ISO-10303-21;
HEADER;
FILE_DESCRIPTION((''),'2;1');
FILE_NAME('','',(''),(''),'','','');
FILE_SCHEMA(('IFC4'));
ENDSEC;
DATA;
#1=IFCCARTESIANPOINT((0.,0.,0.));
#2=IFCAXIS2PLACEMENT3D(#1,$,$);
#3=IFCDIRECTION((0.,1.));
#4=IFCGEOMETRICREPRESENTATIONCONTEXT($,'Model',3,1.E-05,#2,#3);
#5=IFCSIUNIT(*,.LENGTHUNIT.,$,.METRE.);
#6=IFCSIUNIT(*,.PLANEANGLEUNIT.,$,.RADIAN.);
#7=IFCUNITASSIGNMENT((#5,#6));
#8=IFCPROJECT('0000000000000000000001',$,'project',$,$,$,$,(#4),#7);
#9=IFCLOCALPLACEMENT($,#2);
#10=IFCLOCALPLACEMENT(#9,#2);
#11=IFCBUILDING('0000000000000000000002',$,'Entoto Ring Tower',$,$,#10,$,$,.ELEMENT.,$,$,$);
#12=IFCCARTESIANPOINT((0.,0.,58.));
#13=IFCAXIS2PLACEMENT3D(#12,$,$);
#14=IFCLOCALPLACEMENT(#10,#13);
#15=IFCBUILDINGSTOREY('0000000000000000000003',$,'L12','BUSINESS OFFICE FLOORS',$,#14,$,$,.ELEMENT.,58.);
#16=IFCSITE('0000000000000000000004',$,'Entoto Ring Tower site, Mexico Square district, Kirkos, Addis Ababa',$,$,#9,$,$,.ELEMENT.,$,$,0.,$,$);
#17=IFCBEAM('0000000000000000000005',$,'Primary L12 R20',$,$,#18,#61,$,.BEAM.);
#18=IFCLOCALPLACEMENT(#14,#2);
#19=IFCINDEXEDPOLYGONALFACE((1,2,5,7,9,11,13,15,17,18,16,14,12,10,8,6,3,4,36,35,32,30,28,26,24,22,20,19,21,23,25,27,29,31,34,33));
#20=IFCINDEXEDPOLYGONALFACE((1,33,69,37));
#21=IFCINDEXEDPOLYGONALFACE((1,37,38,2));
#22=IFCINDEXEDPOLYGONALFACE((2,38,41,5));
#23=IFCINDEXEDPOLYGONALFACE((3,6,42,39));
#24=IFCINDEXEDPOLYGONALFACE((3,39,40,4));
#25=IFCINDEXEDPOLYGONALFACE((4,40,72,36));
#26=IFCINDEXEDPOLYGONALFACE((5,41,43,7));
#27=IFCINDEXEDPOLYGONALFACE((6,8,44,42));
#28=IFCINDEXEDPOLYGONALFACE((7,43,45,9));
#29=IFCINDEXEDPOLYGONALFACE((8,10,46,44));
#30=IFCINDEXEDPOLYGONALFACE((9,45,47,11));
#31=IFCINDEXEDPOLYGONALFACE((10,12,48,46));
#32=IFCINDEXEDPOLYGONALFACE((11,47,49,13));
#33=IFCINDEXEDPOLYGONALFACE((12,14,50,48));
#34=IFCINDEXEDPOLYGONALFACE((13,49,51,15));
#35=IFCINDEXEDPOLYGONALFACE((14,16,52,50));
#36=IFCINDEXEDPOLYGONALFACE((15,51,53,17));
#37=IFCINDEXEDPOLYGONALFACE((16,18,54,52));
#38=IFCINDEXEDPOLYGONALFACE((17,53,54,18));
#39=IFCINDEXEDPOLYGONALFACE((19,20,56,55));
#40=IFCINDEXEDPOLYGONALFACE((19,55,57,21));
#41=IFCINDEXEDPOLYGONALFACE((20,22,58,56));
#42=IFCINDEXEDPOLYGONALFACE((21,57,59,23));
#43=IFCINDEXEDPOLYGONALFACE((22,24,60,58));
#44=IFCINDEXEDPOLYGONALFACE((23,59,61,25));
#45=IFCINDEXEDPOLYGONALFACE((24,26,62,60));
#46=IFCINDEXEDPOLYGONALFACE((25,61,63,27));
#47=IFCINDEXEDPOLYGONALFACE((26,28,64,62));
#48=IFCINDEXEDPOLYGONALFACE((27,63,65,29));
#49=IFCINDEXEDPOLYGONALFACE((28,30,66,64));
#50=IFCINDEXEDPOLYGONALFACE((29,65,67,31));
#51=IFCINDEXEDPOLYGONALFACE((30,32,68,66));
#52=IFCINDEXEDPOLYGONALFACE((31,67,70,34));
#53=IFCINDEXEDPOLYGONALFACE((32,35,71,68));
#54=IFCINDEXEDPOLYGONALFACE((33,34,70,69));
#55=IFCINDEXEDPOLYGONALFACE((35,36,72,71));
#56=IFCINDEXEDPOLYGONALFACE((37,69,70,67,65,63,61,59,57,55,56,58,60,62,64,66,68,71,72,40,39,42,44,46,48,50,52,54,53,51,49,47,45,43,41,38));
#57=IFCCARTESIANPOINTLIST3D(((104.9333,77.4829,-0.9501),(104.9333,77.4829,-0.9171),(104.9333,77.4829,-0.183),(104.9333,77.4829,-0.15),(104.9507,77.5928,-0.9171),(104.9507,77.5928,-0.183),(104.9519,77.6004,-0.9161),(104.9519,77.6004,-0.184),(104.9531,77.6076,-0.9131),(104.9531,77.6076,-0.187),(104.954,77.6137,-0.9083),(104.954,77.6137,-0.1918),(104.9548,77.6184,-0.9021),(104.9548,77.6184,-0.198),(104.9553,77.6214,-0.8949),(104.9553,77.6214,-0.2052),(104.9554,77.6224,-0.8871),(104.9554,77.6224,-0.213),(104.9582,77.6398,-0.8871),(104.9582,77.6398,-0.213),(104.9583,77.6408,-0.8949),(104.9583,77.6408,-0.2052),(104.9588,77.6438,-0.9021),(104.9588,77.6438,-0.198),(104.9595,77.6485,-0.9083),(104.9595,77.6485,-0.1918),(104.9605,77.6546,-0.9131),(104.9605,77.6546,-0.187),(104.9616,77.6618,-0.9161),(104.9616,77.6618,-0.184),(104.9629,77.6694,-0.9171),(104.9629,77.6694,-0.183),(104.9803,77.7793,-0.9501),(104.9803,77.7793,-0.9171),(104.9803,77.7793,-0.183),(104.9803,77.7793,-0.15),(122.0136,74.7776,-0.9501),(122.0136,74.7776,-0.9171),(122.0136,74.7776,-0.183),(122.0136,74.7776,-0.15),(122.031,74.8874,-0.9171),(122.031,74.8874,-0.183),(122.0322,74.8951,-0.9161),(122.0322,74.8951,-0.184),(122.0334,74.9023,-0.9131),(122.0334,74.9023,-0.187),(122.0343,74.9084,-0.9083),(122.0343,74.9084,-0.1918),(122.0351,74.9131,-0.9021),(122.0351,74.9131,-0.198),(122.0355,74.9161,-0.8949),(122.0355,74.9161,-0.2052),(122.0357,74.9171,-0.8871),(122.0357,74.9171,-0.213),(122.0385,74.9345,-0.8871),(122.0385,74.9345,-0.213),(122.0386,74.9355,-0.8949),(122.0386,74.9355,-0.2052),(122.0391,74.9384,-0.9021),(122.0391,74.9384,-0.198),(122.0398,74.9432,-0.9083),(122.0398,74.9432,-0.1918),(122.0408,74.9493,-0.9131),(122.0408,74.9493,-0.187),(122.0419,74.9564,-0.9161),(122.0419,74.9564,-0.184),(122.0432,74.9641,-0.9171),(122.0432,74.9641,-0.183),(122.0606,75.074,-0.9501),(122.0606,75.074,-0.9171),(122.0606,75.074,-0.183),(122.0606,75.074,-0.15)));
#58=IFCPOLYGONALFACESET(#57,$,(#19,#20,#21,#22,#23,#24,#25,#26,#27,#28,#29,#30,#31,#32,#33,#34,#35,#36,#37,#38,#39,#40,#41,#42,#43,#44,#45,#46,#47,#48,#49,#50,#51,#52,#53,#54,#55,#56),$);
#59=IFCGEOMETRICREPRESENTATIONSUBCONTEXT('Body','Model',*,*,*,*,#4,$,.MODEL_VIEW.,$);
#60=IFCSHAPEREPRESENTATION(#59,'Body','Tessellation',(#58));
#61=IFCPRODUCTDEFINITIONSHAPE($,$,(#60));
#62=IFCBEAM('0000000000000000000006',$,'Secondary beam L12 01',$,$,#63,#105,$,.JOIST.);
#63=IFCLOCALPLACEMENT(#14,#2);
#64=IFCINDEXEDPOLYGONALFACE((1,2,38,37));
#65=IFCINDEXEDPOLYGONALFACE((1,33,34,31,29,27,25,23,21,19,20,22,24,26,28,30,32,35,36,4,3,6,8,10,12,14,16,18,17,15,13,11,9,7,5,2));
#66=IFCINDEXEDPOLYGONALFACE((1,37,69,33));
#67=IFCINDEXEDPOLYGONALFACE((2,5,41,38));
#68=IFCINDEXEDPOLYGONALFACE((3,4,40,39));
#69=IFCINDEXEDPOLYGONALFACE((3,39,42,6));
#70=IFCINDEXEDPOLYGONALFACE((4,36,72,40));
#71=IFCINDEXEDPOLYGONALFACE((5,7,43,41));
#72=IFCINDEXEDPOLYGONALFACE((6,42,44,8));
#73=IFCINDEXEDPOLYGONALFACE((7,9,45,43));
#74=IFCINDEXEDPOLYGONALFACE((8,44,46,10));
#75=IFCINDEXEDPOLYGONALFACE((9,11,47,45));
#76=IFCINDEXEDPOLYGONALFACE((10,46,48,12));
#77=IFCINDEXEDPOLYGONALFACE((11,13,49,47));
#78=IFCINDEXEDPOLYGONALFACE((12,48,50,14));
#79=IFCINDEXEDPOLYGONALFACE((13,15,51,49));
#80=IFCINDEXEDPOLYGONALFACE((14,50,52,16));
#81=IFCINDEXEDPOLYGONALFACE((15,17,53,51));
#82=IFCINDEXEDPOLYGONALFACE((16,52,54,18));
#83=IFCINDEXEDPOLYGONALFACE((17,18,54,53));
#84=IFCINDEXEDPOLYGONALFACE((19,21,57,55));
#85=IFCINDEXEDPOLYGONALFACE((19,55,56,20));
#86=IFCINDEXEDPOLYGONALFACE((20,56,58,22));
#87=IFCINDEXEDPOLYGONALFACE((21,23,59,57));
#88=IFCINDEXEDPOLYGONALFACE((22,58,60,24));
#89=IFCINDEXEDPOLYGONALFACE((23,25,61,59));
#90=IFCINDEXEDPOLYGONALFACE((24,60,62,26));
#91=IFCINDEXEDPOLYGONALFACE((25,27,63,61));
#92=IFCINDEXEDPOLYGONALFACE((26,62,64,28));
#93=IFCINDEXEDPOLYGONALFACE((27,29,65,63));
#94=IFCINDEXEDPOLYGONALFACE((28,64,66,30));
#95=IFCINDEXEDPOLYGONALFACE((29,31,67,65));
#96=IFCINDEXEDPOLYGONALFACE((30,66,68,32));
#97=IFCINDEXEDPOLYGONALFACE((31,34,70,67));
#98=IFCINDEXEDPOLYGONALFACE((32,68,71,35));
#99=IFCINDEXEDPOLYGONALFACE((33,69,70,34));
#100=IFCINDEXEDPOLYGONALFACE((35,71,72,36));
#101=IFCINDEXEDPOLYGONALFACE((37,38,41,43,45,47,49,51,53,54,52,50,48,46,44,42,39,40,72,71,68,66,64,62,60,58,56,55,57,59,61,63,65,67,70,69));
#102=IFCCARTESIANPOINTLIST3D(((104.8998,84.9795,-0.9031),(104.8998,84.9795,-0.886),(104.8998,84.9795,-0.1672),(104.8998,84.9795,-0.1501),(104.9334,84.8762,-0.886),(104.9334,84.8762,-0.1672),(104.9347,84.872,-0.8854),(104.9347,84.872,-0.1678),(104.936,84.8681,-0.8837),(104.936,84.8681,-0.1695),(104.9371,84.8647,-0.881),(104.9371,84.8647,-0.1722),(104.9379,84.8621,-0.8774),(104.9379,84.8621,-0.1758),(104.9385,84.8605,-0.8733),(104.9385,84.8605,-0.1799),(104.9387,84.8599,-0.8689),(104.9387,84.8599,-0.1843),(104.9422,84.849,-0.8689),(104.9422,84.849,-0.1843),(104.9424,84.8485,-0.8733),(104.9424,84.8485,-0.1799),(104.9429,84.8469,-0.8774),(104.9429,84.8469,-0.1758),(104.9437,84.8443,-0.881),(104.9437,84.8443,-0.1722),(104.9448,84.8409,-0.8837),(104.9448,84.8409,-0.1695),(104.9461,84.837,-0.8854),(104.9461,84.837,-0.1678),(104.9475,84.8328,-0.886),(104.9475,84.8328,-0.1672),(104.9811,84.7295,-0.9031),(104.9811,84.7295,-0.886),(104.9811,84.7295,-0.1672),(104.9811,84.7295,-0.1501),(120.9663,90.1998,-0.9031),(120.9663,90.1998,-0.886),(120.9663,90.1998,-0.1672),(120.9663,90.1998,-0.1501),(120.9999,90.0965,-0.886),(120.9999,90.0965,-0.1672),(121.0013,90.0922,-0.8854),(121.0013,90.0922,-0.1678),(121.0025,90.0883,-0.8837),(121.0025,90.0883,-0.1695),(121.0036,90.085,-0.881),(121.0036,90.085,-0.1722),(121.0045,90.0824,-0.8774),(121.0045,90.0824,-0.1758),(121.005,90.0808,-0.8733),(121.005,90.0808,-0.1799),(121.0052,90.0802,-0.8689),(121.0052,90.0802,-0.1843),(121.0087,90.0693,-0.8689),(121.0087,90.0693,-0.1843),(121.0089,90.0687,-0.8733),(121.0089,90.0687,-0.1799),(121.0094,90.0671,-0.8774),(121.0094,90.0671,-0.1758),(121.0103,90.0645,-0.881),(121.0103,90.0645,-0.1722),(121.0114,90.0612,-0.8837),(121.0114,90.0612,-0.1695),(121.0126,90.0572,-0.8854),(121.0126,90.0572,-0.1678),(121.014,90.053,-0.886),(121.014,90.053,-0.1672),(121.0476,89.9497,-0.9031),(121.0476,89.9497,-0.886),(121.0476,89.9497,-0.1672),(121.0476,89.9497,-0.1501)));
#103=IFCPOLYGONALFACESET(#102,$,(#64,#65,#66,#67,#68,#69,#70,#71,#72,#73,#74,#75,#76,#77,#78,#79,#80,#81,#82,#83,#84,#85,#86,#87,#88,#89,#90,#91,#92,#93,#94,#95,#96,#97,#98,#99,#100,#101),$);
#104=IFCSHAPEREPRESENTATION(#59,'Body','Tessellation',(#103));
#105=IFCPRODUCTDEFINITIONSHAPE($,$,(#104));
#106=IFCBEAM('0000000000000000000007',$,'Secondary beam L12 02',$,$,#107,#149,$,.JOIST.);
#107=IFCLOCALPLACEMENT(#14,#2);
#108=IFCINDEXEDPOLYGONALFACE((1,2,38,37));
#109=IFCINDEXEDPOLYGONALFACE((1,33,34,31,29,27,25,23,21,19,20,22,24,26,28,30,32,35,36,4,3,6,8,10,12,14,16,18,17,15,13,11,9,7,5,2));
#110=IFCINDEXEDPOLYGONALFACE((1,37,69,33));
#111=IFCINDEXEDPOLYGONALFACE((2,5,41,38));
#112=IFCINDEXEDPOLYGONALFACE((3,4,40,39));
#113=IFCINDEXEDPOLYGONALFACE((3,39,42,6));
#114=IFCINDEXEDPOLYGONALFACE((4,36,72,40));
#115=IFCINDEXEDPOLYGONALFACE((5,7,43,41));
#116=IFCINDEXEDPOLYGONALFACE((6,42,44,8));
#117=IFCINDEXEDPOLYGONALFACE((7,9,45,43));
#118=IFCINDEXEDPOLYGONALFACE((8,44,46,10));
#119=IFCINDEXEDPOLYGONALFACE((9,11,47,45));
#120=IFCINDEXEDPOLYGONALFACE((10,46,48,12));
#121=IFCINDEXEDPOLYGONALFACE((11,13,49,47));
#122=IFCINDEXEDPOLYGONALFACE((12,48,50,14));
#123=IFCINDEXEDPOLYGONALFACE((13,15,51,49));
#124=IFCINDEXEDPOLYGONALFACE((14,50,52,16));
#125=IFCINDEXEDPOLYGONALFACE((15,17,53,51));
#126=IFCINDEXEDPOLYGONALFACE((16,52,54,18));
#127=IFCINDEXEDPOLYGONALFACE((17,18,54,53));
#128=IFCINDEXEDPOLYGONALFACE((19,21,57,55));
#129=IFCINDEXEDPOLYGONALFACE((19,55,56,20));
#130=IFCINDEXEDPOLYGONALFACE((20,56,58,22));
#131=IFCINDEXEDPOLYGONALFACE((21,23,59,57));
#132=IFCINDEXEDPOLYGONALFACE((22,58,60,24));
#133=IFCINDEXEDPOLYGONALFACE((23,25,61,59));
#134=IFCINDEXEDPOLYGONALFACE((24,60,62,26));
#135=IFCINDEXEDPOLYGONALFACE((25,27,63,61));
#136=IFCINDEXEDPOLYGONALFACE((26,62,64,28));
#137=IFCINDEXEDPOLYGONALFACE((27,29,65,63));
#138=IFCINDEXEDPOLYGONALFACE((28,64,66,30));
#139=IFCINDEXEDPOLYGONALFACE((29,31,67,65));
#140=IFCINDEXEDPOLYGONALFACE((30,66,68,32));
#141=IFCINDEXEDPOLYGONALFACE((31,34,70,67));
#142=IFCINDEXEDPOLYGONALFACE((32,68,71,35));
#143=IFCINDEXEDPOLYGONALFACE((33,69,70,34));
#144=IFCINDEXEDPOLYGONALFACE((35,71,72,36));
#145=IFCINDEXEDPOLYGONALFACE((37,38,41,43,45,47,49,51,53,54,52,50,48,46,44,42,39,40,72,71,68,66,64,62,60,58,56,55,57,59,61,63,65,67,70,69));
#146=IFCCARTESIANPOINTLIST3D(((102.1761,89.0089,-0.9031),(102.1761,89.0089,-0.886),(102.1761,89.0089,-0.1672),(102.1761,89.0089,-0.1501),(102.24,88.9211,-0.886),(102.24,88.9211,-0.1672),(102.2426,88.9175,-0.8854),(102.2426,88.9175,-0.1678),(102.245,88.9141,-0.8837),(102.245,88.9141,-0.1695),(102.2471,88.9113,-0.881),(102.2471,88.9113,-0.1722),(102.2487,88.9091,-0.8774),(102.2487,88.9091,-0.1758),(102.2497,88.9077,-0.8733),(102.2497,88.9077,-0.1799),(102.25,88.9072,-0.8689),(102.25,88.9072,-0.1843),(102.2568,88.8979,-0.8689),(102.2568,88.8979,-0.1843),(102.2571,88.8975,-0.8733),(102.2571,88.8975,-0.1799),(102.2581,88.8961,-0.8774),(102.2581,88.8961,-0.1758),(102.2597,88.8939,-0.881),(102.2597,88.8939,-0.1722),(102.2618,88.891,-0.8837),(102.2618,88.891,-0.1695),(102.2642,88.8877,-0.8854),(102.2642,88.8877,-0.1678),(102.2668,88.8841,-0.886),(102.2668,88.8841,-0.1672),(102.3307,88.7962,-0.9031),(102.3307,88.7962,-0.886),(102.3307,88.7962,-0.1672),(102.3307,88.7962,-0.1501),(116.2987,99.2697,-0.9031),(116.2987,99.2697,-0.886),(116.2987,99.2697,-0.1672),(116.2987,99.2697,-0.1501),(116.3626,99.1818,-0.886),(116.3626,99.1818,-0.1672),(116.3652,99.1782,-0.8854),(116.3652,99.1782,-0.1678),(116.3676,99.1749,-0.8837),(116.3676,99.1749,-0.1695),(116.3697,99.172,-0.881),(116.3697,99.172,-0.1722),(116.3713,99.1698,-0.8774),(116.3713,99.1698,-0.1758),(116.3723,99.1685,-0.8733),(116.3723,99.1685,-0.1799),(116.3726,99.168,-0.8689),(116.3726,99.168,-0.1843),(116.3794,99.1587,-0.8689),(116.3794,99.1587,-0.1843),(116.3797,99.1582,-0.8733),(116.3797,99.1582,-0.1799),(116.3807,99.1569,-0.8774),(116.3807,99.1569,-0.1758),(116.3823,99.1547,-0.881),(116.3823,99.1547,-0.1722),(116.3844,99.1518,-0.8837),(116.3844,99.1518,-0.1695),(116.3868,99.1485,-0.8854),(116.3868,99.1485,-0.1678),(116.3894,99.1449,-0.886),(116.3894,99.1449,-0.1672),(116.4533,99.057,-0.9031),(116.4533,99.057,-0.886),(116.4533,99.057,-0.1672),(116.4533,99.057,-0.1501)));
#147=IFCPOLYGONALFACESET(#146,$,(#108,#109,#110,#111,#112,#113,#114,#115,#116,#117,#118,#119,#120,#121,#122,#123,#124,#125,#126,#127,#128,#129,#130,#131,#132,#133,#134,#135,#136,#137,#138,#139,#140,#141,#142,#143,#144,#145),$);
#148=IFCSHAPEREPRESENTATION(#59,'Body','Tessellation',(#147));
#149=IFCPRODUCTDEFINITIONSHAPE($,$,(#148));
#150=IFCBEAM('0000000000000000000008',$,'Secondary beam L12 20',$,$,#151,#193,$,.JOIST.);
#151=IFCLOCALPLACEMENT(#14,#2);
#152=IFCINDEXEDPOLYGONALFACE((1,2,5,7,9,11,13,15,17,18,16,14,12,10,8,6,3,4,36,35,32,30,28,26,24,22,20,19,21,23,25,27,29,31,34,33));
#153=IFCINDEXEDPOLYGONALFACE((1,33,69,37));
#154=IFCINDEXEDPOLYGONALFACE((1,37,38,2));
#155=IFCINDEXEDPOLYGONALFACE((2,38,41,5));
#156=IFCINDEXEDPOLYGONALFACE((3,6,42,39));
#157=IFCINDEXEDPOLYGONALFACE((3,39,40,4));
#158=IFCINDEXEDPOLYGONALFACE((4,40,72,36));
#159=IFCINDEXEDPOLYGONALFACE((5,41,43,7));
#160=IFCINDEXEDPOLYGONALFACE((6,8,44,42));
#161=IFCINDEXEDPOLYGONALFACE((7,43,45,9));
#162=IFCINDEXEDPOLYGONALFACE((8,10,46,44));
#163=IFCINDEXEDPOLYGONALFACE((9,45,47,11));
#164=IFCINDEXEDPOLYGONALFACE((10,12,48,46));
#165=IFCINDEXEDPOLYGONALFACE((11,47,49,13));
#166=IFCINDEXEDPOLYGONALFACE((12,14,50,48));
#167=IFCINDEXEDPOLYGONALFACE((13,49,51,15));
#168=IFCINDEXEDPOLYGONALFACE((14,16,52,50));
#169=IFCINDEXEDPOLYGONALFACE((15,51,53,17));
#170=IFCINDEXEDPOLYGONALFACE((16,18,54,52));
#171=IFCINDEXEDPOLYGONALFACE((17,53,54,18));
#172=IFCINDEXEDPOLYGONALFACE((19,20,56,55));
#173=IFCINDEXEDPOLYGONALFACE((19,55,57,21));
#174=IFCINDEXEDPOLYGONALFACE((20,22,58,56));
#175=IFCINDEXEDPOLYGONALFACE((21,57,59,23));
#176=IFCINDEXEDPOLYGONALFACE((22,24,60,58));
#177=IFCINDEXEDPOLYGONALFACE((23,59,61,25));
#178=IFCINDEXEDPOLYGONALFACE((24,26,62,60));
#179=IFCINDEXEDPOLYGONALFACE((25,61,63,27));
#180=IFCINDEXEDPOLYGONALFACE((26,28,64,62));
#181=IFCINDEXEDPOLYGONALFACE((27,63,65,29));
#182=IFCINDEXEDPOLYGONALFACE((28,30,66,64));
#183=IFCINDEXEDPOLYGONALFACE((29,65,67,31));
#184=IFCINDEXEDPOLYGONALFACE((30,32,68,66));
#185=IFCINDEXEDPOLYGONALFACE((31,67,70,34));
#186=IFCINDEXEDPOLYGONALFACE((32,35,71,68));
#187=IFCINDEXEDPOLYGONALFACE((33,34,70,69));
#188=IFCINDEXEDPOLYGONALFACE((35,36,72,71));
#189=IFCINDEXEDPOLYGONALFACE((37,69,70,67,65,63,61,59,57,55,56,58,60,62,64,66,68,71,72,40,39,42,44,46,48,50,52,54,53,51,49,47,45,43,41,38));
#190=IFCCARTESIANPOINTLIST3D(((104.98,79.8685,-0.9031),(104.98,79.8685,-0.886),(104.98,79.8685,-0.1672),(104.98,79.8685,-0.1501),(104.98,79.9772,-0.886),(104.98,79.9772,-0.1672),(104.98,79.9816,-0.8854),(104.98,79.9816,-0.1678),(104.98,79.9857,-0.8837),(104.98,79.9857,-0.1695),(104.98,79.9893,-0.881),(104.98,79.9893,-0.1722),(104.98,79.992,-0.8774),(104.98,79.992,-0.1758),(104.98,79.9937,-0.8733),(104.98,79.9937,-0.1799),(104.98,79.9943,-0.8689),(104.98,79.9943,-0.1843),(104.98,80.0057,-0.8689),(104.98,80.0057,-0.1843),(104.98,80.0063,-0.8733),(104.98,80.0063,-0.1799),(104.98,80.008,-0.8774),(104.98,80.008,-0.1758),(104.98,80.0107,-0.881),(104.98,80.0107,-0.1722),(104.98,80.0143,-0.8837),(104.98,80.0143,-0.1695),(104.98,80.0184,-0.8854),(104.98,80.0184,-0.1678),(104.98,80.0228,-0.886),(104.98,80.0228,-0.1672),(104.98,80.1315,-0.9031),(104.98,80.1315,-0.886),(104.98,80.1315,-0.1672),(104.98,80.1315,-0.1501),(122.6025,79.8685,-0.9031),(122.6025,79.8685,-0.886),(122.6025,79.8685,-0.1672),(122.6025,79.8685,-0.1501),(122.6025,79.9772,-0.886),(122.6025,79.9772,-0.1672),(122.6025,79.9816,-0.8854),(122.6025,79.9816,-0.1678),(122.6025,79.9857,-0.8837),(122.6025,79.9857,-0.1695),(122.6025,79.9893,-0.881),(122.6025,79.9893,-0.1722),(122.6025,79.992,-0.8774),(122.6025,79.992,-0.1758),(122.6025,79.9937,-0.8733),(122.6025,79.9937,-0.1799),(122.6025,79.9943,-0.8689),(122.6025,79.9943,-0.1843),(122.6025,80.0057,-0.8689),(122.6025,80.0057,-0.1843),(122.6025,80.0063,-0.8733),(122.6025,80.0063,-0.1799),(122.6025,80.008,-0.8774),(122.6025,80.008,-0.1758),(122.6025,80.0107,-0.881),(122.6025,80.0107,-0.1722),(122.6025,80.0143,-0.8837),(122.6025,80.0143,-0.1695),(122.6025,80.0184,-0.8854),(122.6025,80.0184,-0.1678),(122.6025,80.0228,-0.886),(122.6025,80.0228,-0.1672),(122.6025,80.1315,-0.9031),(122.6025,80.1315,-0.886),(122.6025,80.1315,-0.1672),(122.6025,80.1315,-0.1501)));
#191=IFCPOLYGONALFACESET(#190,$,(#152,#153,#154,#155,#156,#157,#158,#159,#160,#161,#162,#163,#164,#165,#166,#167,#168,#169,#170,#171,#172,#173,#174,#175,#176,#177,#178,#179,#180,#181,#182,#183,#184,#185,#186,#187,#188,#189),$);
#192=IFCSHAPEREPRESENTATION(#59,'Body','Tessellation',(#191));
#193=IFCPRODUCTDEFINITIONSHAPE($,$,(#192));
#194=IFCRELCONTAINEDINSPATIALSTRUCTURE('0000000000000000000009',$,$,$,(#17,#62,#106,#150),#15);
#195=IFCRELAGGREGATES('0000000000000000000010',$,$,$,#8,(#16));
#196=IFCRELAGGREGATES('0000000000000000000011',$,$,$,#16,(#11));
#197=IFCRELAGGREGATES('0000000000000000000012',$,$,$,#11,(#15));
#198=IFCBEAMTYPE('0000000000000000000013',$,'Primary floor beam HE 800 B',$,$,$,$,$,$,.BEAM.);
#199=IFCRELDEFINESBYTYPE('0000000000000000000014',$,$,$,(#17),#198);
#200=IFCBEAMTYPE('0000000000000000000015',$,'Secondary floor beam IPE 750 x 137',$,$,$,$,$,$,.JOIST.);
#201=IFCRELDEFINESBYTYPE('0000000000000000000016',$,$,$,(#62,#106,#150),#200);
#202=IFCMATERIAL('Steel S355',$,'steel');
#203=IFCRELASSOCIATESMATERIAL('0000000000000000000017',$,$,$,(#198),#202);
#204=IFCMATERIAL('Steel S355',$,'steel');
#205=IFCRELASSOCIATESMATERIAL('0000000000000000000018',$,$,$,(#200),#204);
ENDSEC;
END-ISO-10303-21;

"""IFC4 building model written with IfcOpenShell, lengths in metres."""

from ifc_helpers import new_model, si_unit, direction, frame, origin, origin_2d, place, context, subcontext, project, spatial, i_section, extrude, material, material_profile, profile_set, type_object, element, save


model = new_model("IFC4")

# Units and contexts
model_context = context("Model", 3, precision=1e-05, world=origin(), true_north=direction((0.0, 1.0)))
body_context = subcontext(model_context, "Body", "Model", "MODEL_VIEW")
ifc_project = project(units=[si_unit("LENGTHUNIT", "METRE"), si_unit("PLANEANGLEUNIT", "RADIAN")], contexts=[model_context])

# Site, building, storey
site_placement = place(None, origin())
site = spatial("IfcSite", under=ifc_project, at=site_placement, Name="Entoto Ring Tower site, Mexico Square district, Kirkos, Addis Ababa", CompositionType="ELEMENT", RefElevation=0.0)
building_placement = place(site_placement, origin())
building = spatial("IfcBuilding", under=site, at=building_placement, Name="Entoto Ring Tower", CompositionType="ELEMENT")
storey_placement = place(building_placement, frame((0.0, 0.0, 58.0)))
storey = spatial("IfcBuildingStorey", under=building, at=storey_placement, Name="L12", Description="BUSINESS OFFICE FLOORS", CompositionType="ELEMENT", Elevation=58.0)

# Beams
ifc_material_1 = material(Name="Steel S355", Category="steel")
ifc_material_profile_1 = material_profile(ifc_material_1, i_section(OverallWidth=0.3, OverallDepth=0.8, WebThickness=0.0176, FlangeThickness=0.033, FilletRadius=0.03, at=origin_2d()), Name="HE 800 B")
ifc_profile_set_1 = profile_set([ifc_material_profile_1], Name="Steel S355")
beam_type_1 = type_object("IfcBeamType", Name="Primary floor beam HE 800 B", PredefinedType="BEAM", material=ifc_profile_set_1)
beam_1_placement = place(storey_placement, frame((104.9568, 77.6311, -0.55), z_axis=(0.987688, -0.156438, 0.0), x_axis=(0.156438, 0.987688, 0.0)))
element("IfcBeam", 1, at=beam_1_placement, inside=storey, type_object=beam_type_1, Name="Primary L12 R20", PredefinedType="BEAM", context=body_context, shape_type="SweptSolid", body=[
    extrude(i_section(OverallWidth=0.3, OverallDepth=0.8, WebThickness=0.0176, FlangeThickness=0.033, FilletRadius=0.03, at=origin_2d()), origin(), (0.0, 0.0, 1.0), 17.2932),
])
ifc_material_2 = material(Name="Steel S355", Category="steel")
ifc_material_profile_2 = material_profile(ifc_material_2, i_section(OverallWidth=0.2629, OverallDepth=0.7529, WebThickness=0.0115, FlangeThickness=0.0171, FilletRadius=0.0171, at=origin_2d()), Name="IPE 750 x 137")
ifc_profile_set_2 = profile_set([ifc_material_profile_2], Name="Steel S355")
beam_type_2 = type_object("IfcBeamType", Name="Secondary floor beam IPE 750 x 137", PredefinedType="JOIST", material=ifc_profile_set_2)
beam_2_placement = place(storey_placement, frame((104.9404, 84.8545, -0.5266), z_axis=(0.951058, 0.309013, 0.0), x_axis=(-0.309013, 0.951058, 0.0)))
element("IfcBeam", 2, at=beam_2_placement, inside=storey, type_object=beam_type_2, Name="Secondary beam L12 01", PredefinedType="JOIST", context=body_context, shape_type="SweptSolid", body=[
    extrude(i_section(OverallWidth=0.2629, OverallDepth=0.7529, WebThickness=0.0115, FlangeThickness=0.0171, FilletRadius=0.0171, at=origin_2d()), origin(), (0.0, 0.0, 1.0), 16.8933),
])
beam_3_placement = place(storey_placement, frame((102.2534, 88.9026, -0.5266), z_axis=(0.809014, 0.587789, 0.0), x_axis=(-0.587789, 0.809014, 0.0)))
element("IfcBeam", 3, at=beam_3_placement, inside=storey, type_object=beam_type_2, Name="Secondary beam L12 02", PredefinedType="JOIST", context=body_context, shape_type="SweptSolid", body=[
    extrude(i_section(OverallWidth=0.2629, OverallDepth=0.7529, WebThickness=0.0115, FlangeThickness=0.0171, FilletRadius=0.0171, at=origin_2d()), origin(), (0.0, 0.0, 1.0), 17.4565),
])
beam_4_placement = place(storey_placement, frame((104.98, 80.0, -0.5266), z_axis=(1.0, 0.0, 0.0), x_axis=(0.0, 1.0, 0.0)))
element("IfcBeam", 4, at=beam_4_placement, inside=storey, type_object=beam_type_2, Name="Secondary beam L12 20", PredefinedType="JOIST", context=body_context, shape_type="SweptSolid", body=[
    extrude(i_section(OverallWidth=0.2629, OverallDepth=0.7529, WebThickness=0.0115, FlangeThickness=0.0171, FilletRadius=0.0171, at=origin_2d()), origin(), (0.0, 0.0, 1.0), 17.6226),
])

save(model, "model.ifc")
